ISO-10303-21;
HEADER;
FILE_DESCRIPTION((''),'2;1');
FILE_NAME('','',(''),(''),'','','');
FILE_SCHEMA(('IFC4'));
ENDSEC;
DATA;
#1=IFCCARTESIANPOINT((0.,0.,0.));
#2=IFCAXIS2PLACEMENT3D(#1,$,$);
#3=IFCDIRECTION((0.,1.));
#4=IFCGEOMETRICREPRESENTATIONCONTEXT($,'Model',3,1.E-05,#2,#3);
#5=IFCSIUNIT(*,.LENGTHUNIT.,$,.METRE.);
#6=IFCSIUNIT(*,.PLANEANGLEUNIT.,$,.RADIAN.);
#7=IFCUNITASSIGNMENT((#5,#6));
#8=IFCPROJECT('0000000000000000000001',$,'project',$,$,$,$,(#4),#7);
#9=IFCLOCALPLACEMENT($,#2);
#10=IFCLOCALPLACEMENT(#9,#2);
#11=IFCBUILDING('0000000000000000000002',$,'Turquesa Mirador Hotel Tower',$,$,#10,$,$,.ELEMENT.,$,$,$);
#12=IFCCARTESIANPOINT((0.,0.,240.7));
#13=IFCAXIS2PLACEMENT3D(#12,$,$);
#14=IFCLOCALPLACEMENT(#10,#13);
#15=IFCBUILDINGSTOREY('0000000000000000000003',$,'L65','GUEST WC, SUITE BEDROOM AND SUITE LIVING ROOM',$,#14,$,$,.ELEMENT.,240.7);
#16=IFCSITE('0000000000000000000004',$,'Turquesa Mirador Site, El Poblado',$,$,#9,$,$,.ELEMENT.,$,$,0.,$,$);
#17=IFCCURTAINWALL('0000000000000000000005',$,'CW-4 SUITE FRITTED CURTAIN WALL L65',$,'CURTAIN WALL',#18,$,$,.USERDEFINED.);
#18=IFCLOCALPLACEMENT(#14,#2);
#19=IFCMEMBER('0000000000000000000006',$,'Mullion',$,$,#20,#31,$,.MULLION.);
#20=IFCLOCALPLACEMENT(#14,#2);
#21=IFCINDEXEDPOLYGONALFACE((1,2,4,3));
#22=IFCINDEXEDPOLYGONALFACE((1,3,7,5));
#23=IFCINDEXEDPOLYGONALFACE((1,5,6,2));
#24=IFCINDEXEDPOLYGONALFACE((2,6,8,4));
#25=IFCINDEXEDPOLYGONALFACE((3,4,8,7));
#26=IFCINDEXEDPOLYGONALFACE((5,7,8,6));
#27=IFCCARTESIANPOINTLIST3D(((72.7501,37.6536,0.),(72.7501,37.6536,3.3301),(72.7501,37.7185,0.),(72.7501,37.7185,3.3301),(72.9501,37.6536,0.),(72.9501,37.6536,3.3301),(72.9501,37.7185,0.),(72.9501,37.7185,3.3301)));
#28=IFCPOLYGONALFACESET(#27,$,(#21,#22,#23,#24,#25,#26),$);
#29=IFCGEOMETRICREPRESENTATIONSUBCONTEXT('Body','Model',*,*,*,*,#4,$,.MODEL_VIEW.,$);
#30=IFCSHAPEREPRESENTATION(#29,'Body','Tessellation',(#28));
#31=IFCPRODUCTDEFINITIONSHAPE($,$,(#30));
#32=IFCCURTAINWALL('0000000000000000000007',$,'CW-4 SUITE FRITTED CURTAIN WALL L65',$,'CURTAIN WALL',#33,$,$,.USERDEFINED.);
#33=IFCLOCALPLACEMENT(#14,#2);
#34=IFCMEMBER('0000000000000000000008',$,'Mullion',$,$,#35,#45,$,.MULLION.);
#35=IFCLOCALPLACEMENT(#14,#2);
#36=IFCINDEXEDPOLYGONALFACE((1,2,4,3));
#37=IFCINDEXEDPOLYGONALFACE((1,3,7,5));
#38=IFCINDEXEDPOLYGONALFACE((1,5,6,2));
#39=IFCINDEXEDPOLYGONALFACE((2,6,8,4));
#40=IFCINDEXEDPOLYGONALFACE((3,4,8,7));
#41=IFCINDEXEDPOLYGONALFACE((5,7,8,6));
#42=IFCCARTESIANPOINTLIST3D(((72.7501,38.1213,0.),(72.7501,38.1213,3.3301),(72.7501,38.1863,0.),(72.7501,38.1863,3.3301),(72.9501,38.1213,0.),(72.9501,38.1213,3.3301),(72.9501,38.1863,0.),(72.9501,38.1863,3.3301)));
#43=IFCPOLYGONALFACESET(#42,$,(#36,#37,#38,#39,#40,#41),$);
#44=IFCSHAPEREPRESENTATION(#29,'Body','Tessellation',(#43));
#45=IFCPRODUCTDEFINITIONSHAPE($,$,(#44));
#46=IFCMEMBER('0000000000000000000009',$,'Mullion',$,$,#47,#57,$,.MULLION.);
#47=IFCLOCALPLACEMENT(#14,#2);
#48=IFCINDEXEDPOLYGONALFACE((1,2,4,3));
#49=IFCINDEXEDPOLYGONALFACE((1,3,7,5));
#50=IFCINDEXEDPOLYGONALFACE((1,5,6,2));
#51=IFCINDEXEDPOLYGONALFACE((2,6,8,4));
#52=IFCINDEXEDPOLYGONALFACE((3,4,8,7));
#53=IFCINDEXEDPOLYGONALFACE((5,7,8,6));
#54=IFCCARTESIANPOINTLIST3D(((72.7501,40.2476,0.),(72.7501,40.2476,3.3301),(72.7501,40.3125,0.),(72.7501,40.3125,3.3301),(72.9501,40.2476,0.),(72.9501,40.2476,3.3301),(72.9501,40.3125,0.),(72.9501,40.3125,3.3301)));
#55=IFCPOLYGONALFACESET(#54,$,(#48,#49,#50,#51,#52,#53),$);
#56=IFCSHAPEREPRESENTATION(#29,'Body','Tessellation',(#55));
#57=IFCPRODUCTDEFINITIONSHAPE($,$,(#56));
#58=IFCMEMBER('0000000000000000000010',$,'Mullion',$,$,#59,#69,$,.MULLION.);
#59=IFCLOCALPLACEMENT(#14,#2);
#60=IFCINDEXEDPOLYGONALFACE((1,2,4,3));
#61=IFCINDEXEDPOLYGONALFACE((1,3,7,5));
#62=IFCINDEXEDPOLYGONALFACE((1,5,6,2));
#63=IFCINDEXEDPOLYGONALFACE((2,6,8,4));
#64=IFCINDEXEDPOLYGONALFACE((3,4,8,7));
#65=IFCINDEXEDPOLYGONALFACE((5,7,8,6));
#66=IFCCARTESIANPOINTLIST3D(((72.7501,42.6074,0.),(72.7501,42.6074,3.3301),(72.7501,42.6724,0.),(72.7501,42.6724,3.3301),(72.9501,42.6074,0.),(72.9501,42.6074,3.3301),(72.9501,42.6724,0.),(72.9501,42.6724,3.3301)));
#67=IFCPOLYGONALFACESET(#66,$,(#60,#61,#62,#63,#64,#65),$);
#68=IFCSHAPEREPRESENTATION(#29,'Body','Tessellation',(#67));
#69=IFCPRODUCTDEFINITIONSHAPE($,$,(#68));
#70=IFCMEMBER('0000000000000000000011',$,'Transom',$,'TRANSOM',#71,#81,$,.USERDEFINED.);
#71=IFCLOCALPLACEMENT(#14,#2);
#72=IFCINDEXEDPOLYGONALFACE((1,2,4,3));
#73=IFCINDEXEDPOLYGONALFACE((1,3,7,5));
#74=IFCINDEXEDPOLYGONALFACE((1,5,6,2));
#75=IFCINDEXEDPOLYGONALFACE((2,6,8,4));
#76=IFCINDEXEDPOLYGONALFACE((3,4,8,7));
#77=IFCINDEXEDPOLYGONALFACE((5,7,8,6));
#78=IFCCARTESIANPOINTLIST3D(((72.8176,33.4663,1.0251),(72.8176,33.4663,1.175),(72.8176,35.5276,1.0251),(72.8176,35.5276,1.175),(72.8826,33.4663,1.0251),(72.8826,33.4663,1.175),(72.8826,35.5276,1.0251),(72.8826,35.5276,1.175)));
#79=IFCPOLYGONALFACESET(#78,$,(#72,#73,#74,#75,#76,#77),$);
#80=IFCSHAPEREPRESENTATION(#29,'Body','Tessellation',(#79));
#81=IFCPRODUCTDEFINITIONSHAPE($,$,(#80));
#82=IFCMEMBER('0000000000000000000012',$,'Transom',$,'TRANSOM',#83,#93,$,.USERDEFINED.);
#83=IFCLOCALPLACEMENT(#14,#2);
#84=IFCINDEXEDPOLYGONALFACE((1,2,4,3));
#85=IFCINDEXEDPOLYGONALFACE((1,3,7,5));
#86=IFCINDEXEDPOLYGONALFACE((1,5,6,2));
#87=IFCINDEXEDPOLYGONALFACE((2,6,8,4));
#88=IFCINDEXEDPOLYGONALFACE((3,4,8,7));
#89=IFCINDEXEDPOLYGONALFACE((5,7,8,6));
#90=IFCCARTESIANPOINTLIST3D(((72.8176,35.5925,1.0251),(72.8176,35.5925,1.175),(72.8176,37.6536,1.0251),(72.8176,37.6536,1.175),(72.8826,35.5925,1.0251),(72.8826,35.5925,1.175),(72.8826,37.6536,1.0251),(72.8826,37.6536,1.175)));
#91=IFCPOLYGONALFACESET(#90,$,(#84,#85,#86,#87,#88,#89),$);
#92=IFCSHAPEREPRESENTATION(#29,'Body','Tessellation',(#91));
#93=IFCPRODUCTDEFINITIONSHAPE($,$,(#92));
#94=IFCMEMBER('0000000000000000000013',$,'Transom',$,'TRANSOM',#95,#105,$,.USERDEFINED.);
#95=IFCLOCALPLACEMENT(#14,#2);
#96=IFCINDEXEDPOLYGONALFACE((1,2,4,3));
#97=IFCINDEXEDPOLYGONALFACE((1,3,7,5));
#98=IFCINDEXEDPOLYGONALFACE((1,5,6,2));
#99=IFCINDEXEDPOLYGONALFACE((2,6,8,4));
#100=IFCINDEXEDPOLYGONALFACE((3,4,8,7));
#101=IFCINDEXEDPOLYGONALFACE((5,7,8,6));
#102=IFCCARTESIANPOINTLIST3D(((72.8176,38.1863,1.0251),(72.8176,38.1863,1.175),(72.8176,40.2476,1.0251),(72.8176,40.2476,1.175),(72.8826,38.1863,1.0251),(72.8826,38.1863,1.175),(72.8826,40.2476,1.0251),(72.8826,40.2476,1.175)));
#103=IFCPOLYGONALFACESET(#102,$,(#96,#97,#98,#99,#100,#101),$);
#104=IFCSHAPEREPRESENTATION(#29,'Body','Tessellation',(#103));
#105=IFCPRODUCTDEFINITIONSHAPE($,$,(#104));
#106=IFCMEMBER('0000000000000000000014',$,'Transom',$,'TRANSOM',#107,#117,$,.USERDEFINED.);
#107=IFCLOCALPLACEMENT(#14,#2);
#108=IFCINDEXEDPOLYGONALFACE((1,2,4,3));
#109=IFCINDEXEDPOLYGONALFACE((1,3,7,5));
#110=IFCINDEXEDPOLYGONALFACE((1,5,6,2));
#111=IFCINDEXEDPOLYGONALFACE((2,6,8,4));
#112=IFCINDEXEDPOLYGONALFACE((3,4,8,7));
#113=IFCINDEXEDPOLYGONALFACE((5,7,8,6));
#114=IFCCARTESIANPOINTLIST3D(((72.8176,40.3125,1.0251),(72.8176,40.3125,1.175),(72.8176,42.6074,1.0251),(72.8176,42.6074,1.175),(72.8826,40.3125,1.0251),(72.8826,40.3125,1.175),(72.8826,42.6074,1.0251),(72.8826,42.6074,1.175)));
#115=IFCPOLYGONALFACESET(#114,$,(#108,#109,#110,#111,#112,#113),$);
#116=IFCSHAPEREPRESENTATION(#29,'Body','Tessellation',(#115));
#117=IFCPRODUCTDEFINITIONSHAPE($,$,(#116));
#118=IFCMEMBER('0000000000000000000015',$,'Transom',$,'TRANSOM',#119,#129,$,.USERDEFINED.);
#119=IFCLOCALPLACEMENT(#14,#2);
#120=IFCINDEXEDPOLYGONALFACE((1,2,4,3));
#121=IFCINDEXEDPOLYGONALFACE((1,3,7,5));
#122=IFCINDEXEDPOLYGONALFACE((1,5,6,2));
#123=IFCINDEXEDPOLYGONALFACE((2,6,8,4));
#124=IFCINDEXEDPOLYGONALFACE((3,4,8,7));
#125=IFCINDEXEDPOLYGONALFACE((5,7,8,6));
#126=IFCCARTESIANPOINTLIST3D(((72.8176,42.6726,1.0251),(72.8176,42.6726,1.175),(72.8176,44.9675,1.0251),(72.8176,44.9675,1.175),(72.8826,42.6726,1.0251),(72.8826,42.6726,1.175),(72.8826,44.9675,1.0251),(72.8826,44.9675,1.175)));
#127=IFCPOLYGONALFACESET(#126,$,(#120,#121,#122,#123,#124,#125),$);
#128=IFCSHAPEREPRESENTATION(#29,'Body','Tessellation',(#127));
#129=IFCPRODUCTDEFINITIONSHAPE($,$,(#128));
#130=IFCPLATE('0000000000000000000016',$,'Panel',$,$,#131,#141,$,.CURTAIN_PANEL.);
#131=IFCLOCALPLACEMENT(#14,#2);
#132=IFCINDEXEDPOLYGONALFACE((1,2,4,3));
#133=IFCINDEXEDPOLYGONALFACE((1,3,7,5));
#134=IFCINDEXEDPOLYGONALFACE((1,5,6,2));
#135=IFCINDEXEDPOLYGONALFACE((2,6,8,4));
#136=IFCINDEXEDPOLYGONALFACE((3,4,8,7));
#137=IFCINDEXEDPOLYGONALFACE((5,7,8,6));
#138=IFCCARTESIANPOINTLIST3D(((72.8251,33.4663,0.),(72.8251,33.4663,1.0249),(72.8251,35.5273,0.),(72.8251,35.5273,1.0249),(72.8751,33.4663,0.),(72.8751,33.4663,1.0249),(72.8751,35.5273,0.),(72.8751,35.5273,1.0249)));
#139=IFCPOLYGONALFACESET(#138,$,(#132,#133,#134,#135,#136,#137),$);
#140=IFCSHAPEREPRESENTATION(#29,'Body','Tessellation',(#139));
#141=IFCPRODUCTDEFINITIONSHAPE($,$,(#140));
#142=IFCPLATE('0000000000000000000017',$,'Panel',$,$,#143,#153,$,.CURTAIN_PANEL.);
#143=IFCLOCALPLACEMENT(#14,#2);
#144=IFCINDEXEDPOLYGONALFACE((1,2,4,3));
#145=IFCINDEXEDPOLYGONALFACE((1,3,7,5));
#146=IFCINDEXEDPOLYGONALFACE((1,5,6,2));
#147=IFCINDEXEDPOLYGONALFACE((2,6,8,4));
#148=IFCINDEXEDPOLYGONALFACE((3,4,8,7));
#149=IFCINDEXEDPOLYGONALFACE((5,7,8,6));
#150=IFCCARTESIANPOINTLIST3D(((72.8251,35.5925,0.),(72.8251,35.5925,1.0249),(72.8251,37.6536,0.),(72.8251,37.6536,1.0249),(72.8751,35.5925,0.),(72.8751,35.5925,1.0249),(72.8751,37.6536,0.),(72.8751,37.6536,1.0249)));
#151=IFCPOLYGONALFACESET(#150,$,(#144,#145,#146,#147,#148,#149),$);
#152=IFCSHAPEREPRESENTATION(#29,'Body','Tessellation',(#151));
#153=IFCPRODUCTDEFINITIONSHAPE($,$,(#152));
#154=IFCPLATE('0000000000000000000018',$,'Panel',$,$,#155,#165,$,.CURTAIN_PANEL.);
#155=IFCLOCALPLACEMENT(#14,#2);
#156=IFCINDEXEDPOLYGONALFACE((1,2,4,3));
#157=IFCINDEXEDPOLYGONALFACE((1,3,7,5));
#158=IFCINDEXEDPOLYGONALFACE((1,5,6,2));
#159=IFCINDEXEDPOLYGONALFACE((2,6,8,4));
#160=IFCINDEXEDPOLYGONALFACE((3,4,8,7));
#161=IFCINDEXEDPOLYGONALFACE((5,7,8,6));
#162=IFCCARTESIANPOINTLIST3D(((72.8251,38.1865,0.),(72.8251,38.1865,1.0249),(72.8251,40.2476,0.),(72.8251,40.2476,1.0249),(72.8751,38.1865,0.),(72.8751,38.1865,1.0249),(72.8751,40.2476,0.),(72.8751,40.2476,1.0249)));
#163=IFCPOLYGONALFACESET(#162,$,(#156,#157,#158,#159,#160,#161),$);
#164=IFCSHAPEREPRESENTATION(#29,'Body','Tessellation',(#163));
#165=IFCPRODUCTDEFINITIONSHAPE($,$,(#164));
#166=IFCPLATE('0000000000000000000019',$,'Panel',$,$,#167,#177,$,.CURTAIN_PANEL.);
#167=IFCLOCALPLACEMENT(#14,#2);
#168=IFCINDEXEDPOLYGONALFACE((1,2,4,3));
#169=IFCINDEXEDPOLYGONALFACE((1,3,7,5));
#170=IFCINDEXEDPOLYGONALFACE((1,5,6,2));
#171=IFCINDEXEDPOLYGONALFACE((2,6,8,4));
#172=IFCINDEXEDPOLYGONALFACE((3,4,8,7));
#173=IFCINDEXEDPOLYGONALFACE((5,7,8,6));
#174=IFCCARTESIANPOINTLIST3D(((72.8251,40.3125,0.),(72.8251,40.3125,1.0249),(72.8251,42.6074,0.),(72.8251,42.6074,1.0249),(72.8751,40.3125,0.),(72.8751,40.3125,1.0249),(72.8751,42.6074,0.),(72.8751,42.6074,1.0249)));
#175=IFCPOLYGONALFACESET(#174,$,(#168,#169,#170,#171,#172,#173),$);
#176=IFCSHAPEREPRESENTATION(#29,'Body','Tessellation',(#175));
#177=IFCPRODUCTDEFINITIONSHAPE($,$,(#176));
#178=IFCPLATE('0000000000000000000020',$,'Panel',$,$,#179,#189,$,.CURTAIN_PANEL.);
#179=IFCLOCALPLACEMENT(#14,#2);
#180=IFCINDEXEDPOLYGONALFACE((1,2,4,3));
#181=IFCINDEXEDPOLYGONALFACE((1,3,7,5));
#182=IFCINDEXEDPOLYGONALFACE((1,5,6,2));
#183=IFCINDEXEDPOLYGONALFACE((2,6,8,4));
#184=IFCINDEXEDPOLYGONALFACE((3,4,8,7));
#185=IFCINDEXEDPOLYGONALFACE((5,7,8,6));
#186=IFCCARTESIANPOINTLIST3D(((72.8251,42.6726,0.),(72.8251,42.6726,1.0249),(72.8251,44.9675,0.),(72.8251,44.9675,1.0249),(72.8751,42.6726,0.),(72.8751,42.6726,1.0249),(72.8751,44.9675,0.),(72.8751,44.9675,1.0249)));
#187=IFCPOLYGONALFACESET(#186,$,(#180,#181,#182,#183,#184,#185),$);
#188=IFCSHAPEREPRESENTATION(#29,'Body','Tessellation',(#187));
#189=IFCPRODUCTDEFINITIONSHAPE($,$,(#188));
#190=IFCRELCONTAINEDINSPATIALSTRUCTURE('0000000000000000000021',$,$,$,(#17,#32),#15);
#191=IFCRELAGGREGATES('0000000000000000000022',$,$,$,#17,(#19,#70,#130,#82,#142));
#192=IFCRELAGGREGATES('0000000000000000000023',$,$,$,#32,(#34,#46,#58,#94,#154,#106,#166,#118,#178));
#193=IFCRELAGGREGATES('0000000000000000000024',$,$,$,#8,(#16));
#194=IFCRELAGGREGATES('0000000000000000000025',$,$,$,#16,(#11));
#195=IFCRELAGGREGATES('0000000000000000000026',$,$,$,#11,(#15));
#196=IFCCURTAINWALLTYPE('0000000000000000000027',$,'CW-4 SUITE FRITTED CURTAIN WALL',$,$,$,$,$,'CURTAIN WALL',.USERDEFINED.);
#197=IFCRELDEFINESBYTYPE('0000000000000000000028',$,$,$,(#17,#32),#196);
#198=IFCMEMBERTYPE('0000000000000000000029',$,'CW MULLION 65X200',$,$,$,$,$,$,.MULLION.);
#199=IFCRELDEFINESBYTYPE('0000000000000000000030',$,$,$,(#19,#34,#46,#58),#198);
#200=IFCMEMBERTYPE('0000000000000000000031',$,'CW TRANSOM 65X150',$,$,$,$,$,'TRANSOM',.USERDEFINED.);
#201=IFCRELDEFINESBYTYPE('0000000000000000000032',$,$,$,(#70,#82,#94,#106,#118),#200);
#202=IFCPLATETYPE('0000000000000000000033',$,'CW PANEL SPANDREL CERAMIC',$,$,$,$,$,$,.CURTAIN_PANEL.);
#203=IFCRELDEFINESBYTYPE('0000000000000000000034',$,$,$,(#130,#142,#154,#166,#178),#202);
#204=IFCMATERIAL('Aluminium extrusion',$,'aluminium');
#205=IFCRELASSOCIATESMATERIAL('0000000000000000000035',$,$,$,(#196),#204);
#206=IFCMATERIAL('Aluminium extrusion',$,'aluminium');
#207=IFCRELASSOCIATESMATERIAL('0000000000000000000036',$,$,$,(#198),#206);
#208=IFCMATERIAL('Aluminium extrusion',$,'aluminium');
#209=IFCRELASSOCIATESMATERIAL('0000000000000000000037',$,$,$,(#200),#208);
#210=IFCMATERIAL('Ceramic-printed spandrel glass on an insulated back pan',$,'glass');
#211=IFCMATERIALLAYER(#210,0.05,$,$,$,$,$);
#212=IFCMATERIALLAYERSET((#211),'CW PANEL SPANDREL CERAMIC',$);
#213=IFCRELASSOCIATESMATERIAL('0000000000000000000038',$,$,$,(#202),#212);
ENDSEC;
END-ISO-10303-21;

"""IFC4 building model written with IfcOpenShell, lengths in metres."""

from ifc_helpers import new_model, si_unit, direction, frame, origin, origin_2d, place, context, subcontext, project, spatial, rectangle, extrude, material, layer, layer_set, material_profile, profile_set, type_object, element, aggregate, save


model = new_model("IFC4")

# Units and contexts
model_context = context("Model", 3, precision=1e-05, world=origin(), true_north=direction((0.0, 1.0)))
body_context = subcontext(model_context, "Body", "Model", "MODEL_VIEW")
ifc_project = project(units=[si_unit("LENGTHUNIT", "METRE"), si_unit("PLANEANGLEUNIT", "RADIAN")], contexts=[model_context])

# Site, building, storey
site_placement = place(None, origin())
site = spatial("IfcSite", under=ifc_project, at=site_placement, Name="Turquesa Mirador Site, El Poblado", CompositionType="ELEMENT", RefElevation=0.0)
building_placement = place(site_placement, origin())
building = spatial("IfcBuilding", under=site, at=building_placement, Name="Turquesa Mirador Hotel Tower", CompositionType="ELEMENT")
storey_placement = place(building_placement, frame((0.0, 0.0, 240.7)))
storey = spatial("IfcBuildingStorey", under=building, at=storey_placement, Name="L65", Description="GUEST WC, SUITE BEDROOM AND SUITE LIVING ROOM", CompositionType="ELEMENT", Elevation=240.7)

# Curtain walls, members
ifc_material_1 = material(Name="Aluminium extrusion", Category="aluminium")
curtain_wall_type = type_object("IfcCurtainWallType", Name="CW-4 SUITE FRITTED CURTAIN WALL", ElementType="CURTAIN WALL", PredefinedType="USERDEFINED", material=ifc_material_1)
curtain_wall_1_placement = place(storey_placement, origin())
curtain_wall_1 = element("IfcCurtainWall", 1, at=curtain_wall_1_placement, inside=storey, type_object=curtain_wall_type, Name="CW-4 SUITE FRITTED CURTAIN WALL L65", ObjectType="CURTAIN WALL", PredefinedType="USERDEFINED")
ifc_material_2 = material(Name="Aluminium extrusion", Category="aluminium")
ifc_material_profile_1 = material_profile(ifc_material_2, rectangle(XDim=0.0649, YDim=0.2, at=origin_2d()), Name="MULLION 65X200")
ifc_profile_set_1 = profile_set([ifc_material_profile_1], Name="Aluminium extrusion")
member_type_1 = type_object("IfcMemberType", Name="CW MULLION 65X200", PredefinedType="MULLION", material=ifc_profile_set_1)
member_1_placement = place(storey_placement, frame((72.8501, 37.686, 0.0), z_axis=(0.0, 0.0, 1.0), x_axis=(0.0, 1.0, 0.0)))
member_1 = element("IfcMember", 2, at=member_1_placement, type_object=member_type_1, Name="Mullion", PredefinedType="MULLION", context=body_context, shape_type="SweptSolid", body=[
    extrude(rectangle(XDim=0.0649, YDim=0.2, at=origin_2d()), origin(), (0.0, 0.0, 1.0), 3.3301),
])
curtain_wall_2_placement = place(storey_placement, origin())
curtain_wall_2 = element("IfcCurtainWall", 3, at=curtain_wall_2_placement, inside=storey, type_object=curtain_wall_type, Name="CW-4 SUITE FRITTED CURTAIN WALL L65", ObjectType="CURTAIN WALL", PredefinedType="USERDEFINED")
member_2_placement = place(storey_placement, frame((72.8501, 38.1538, 0.0), z_axis=(0.0, 0.0, 1.0), x_axis=(0.0, 1.0, 0.0)))
member_2 = element("IfcMember", 4, at=member_2_placement, type_object=member_type_1, Name="Mullion", PredefinedType="MULLION", context=body_context, shape_type="SweptSolid", body=[
    extrude(rectangle(XDim=0.0649, YDim=0.2, at=origin_2d()), origin(), (0.0, 0.0, 1.0), 3.3301),
])
member_3_placement = place(storey_placement, frame((72.8501, 40.28, 0.0), z_axis=(0.0, 0.0, 1.0), x_axis=(0.0, 1.0, 0.0)))
member_3 = element("IfcMember", 5, at=member_3_placement, type_object=member_type_1, Name="Mullion", PredefinedType="MULLION", context=body_context, shape_type="SweptSolid", body=[
    extrude(rectangle(XDim=0.0649, YDim=0.2, at=origin_2d()), origin(), (0.0, 0.0, 1.0), 3.3301),
])
member_4_placement = place(storey_placement, frame((72.8501, 42.6399, 0.0), z_axis=(0.0, 0.0, 1.0), x_axis=(0.0, 1.0, 0.0)))
member_4 = element("IfcMember", 6, at=member_4_placement, type_object=member_type_1, Name="Mullion", PredefinedType="MULLION", context=body_context, shape_type="SweptSolid", body=[
    extrude(rectangle(XDim=0.0649, YDim=0.2, at=origin_2d()), origin(), (0.0, 0.0, 1.0), 3.3301),
])

# Members
ifc_material_3 = material(Name="Aluminium extrusion", Category="aluminium")
ifc_material_profile_2 = material_profile(ifc_material_3, rectangle(XDim=0.0649, YDim=0.1499, at=origin_2d()), Name="TRANSOM 65X150")
ifc_profile_set_2 = profile_set([ifc_material_profile_2], Name="Aluminium extrusion")
member_type_2 = type_object("IfcMemberType", Name="CW TRANSOM 65X150", ElementType="TRANSOM", PredefinedType="USERDEFINED", material=ifc_profile_set_2)
member_5_placement = place(storey_placement, frame((72.8501, 33.4663, 1.1001), z_axis=(0.0, 1.0, 0.0), x_axis=(-1.0, 0.0, 0.0)))
member_5 = element("IfcMember", 7, at=member_5_placement, type_object=member_type_2, Name="Transom", ObjectType="TRANSOM", PredefinedType="USERDEFINED", context=body_context, shape_type="SweptSolid", body=[
    extrude(rectangle(XDim=0.0649, YDim=0.1499, at=origin_2d()), origin(), (0.0, 0.0, 1.0), 2.0613),
])
member_6_placement = place(storey_placement, frame((72.8501, 35.5925, 1.1001), z_axis=(0.0, 1.0, 0.0), x_axis=(-1.0, 0.0, 0.0)))
member_6 = element("IfcMember", 8, at=member_6_placement, type_object=member_type_2, Name="Transom", ObjectType="TRANSOM", PredefinedType="USERDEFINED", context=body_context, shape_type="SweptSolid", body=[
    extrude(rectangle(XDim=0.0649, YDim=0.1499, at=origin_2d()), origin(), (0.0, 0.0, 1.0), 2.061),
])
member_7_placement = place(storey_placement, frame((72.8501, 38.1863, 1.1001), z_axis=(0.0, 1.0, 0.0), x_axis=(-1.0, 0.0, 0.0)))
member_7 = element("IfcMember", 9, at=member_7_placement, type_object=member_type_2, Name="Transom", ObjectType="TRANSOM", PredefinedType="USERDEFINED", context=body_context, shape_type="SweptSolid", body=[
    extrude(rectangle(XDim=0.0649, YDim=0.1499, at=origin_2d()), origin(), (0.0, 0.0, 1.0), 2.0613),
])
member_8_placement = place(storey_placement, frame((72.8501, 40.3125, 1.1001), z_axis=(0.0, 1.0, 0.0), x_axis=(-1.0, 0.0, 0.0)))
member_8 = element("IfcMember", 10, at=member_8_placement, type_object=member_type_2, Name="Transom", ObjectType="TRANSOM", PredefinedType="USERDEFINED", context=body_context, shape_type="SweptSolid", body=[
    extrude(rectangle(XDim=0.0649, YDim=0.1499, at=origin_2d()), origin(), (0.0, 0.0, 1.0), 2.2949),
])
member_9_placement = place(storey_placement, frame((72.8501, 42.6726, 1.1001), z_axis=(0.0, 1.0, 0.0), x_axis=(-1.0, 0.0, 0.0)))
member_9 = element("IfcMember", 11, at=member_9_placement, type_object=member_type_2, Name="Transom", ObjectType="TRANSOM", PredefinedType="USERDEFINED", context=body_context, shape_type="SweptSolid", body=[
    extrude(rectangle(XDim=0.0649, YDim=0.1499, at=origin_2d()), origin(), (0.0, 0.0, 1.0), 2.2949),
])

# Plates
ifc_material_4 = material(Name="Ceramic-printed spandrel glass on an insulated back pan", Category="glass")
ifc_layer_1 = layer(ifc_material_4, 0.05)
ifc_layer_set_1 = layer_set([ifc_layer_1], Name="CW PANEL SPANDREL CERAMIC")
plate_type_1 = type_object("IfcPlateType", Name="CW PANEL SPANDREL CERAMIC", PredefinedType="CURTAIN_PANEL", material=ifc_layer_set_1)
plate_1_placement = place(storey_placement, frame((72.8501, 34.4968, 0.0), z_axis=(0.0, 0.0, 1.0), x_axis=(0.0, 1.0, 0.0)))
plate_1 = element("IfcPlate", 12, at=plate_1_placement, type_object=plate_type_1, Name="Panel", PredefinedType="CURTAIN_PANEL", context=body_context, shape_type="SweptSolid", body=[
    extrude(rectangle(XDim=2.061, YDim=0.05, at=origin_2d()), origin(), (0.0, 0.0, 1.0), 1.0249),
])
plate_2_placement = place(storey_placement, frame((72.8501, 36.623, 0.0), z_axis=(0.0, 0.0, 1.0), x_axis=(0.0, 1.0, 0.0)))
plate_2 = element("IfcPlate", 13, at=plate_2_placement, type_object=plate_type_1, Name="Panel", PredefinedType="CURTAIN_PANEL", context=body_context, shape_type="SweptSolid", body=[
    extrude(rectangle(XDim=2.061, YDim=0.05, at=origin_2d()), origin(), (0.0, 0.0, 1.0), 1.0249),
])
plate_3_placement = place(storey_placement, frame((72.8501, 39.217, 0.0), z_axis=(0.0, 0.0, 1.0), x_axis=(0.0, 1.0, 0.0)))
plate_3 = element("IfcPlate", 14, at=plate_3_placement, type_object=plate_type_1, Name="Panel", PredefinedType="CURTAIN_PANEL", context=body_context, shape_type="SweptSolid", body=[
    extrude(rectangle(XDim=2.061, YDim=0.05, at=origin_2d()), origin(), (0.0, 0.0, 1.0), 1.0249),
])
plate_4_placement = place(storey_placement, frame((72.8501, 41.46, 0.0), z_axis=(0.0, 0.0, 1.0), x_axis=(0.0, 1.0, 0.0)))
plate_4 = element("IfcPlate", 15, at=plate_4_placement, type_object=plate_type_1, Name="Panel", PredefinedType="CURTAIN_PANEL", context=body_context, shape_type="SweptSolid", body=[
    extrude(rectangle(XDim=2.2949, YDim=0.05, at=origin_2d()), origin(), (0.0, 0.0, 1.0), 1.0249),
])
plate_5_placement = place(storey_placement, frame((72.8501, 43.8201, 0.0), z_axis=(0.0, 0.0, 1.0), x_axis=(0.0, 1.0, 0.0)))
plate_5 = element("IfcPlate", 16, at=plate_5_placement, type_object=plate_type_1, Name="Panel", PredefinedType="CURTAIN_PANEL", context=body_context, shape_type="SweptSolid", body=[
    extrude(rectangle(XDim=2.2949, YDim=0.05, at=origin_2d()), origin(), (0.0, 0.0, 1.0), 1.0249),
])
aggregate(curtain_wall_1, [member_1, member_5, plate_1, member_6, plate_2])
aggregate(curtain_wall_2, [member_2, member_3, member_4, member_7, plate_3, member_8, plate_4, member_9, plate_5])

save(model, "model.ifc")
